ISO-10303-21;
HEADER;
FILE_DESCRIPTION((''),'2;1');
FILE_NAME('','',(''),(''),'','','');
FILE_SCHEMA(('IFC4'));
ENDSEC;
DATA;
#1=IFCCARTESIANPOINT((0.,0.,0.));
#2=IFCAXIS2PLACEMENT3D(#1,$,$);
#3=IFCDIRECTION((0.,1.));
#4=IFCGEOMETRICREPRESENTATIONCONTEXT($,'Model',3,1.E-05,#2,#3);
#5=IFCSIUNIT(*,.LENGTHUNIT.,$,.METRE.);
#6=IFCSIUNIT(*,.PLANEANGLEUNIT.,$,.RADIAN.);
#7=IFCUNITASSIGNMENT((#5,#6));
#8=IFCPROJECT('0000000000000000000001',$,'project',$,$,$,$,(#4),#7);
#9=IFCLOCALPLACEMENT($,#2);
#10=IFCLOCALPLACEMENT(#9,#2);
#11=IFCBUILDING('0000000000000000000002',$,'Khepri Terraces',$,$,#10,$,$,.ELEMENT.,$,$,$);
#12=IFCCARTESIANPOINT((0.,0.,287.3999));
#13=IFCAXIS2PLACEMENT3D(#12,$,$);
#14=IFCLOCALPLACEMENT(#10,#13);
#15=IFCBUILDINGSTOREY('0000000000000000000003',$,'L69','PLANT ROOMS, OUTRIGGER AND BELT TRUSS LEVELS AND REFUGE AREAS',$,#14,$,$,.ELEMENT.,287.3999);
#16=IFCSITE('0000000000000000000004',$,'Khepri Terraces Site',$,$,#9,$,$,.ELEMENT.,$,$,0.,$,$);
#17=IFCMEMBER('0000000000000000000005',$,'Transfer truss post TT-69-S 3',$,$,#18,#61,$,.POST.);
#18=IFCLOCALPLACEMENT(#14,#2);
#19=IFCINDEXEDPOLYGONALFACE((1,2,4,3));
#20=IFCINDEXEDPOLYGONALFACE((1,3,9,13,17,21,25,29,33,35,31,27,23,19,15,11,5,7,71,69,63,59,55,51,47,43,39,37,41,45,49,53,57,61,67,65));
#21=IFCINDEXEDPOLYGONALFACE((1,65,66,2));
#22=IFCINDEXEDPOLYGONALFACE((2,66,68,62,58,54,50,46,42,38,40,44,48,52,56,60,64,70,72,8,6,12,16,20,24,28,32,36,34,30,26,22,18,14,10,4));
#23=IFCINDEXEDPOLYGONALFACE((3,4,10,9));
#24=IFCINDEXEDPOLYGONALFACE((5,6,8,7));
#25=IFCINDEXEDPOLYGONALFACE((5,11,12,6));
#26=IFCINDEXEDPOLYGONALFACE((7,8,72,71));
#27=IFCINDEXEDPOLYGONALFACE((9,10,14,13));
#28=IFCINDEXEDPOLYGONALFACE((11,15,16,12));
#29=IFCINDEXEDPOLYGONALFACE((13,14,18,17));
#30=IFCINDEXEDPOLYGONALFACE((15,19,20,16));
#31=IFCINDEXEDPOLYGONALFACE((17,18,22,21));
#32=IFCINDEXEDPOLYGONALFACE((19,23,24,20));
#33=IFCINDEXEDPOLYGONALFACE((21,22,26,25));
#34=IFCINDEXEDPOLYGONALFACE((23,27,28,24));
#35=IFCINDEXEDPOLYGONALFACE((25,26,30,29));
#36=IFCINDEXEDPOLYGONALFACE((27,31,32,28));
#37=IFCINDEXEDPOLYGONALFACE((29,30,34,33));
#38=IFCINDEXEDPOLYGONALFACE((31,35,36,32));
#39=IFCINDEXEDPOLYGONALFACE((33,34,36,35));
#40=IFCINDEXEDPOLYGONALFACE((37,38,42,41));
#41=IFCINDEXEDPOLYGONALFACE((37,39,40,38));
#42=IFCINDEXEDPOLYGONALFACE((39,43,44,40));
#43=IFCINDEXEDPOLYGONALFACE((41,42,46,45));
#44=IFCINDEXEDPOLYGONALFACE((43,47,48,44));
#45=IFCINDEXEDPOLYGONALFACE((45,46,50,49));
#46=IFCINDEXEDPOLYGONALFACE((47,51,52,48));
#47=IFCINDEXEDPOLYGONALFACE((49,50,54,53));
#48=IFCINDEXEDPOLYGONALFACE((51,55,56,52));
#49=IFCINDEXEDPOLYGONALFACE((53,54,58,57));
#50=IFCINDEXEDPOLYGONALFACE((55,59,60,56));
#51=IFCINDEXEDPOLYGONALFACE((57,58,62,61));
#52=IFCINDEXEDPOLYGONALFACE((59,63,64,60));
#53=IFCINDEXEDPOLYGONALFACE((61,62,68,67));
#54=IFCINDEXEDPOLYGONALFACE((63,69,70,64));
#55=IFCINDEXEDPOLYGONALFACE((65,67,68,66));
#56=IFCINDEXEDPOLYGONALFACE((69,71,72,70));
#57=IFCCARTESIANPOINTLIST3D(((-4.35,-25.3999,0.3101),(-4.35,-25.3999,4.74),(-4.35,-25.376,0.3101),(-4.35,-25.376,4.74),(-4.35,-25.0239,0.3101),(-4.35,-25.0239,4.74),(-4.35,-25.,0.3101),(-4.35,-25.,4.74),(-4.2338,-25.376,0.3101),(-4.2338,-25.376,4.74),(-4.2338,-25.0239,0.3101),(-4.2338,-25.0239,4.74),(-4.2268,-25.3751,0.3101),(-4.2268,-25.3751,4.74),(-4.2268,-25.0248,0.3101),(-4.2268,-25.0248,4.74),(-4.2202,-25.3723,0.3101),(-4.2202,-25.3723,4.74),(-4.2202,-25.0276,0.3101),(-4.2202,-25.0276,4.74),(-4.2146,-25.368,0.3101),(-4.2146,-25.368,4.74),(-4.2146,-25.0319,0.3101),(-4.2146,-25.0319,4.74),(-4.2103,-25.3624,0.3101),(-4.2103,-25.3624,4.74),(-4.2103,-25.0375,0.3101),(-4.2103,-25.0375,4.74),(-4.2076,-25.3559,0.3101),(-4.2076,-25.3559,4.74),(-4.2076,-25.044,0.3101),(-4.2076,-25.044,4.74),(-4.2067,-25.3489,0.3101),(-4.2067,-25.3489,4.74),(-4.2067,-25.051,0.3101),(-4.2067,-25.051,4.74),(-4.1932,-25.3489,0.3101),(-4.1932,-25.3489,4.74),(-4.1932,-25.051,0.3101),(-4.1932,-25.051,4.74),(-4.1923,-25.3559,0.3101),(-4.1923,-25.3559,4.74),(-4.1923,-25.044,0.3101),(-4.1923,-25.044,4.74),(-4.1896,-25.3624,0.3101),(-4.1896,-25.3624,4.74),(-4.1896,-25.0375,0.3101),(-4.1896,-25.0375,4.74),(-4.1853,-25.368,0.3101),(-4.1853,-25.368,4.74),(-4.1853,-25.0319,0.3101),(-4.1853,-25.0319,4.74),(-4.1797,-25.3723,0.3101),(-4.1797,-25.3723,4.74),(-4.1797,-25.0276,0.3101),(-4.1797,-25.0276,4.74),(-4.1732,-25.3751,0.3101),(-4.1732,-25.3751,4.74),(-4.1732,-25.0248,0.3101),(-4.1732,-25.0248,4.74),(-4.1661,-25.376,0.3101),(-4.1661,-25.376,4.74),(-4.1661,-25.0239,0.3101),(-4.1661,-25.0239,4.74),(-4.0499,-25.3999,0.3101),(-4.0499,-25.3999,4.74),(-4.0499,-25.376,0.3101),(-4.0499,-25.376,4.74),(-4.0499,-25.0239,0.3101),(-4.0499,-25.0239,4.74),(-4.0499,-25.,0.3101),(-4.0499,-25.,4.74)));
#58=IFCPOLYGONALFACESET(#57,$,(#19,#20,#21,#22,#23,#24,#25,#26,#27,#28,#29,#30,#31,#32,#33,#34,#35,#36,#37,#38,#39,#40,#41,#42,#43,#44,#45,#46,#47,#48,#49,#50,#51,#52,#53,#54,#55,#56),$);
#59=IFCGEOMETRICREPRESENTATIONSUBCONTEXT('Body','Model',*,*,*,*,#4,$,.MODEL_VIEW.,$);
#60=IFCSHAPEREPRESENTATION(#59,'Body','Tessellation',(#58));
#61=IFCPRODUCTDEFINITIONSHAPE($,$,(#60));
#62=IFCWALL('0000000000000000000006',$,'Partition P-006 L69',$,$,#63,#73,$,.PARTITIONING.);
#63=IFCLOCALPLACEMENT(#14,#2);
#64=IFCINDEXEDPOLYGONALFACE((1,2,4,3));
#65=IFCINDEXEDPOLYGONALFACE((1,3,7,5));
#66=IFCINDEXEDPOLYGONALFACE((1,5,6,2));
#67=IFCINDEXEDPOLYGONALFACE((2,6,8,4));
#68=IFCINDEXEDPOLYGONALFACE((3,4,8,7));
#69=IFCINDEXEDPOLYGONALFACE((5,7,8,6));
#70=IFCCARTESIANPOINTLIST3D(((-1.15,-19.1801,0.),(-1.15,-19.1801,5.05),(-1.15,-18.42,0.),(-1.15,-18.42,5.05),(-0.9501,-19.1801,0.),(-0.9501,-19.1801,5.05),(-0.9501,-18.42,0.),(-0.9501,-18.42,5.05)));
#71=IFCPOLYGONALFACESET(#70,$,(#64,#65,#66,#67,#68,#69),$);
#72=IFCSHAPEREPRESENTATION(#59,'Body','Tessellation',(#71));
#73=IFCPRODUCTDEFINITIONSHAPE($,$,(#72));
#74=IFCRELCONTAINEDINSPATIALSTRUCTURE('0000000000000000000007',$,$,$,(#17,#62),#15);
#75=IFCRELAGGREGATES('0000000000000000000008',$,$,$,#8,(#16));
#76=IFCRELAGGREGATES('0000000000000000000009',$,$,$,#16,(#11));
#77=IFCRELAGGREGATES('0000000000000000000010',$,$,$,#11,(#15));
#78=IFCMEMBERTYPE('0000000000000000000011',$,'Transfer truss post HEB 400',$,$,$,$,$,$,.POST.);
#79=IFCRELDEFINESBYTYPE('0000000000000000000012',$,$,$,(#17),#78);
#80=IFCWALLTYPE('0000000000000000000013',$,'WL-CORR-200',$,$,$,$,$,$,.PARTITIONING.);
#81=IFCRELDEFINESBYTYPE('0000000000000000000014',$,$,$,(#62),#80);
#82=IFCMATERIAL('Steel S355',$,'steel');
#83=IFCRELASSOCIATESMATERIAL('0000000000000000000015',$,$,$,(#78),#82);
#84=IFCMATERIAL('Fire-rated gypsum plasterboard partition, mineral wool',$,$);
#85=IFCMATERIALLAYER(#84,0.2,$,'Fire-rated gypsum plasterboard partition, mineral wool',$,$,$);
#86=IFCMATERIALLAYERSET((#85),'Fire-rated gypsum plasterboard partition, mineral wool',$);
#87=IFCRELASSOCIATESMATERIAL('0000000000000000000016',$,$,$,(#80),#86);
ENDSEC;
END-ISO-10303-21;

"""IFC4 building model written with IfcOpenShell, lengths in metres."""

from ifc_helpers import new_model, si_unit, direction, frame, frame_2d, origin, origin_2d, place, context, subcontext, project, spatial, rectangle, i_section, extrude, material, layer, layer_set, material_profile, profile_set, type_object, element, save


model = new_model("IFC4")

# Units and contexts
model_context = context("Model", 3, precision=1e-05, world=origin(), true_north=direction((0.0, 1.0)))
body_context = subcontext(model_context, "Body", "Model", "MODEL_VIEW")
ifc_project = project(units=[si_unit("LENGTHUNIT", "METRE"), si_unit("PLANEANGLEUNIT", "RADIAN")], contexts=[model_context])

# Site, building, storey
site_placement = place(None, origin())
site = spatial("IfcSite", under=ifc_project, at=site_placement, Name="Khepri Terraces Site", CompositionType="ELEMENT", RefElevation=0.0)
building_placement = place(site_placement, origin())
building = spatial("IfcBuilding", under=site, at=building_placement, Name="Khepri Terraces", CompositionType="ELEMENT")
storey_placement = place(building_placement, frame((0.0, 0.0, 287.3999)))
storey = spatial("IfcBuildingStorey", under=building, at=storey_placement, Name="L69", Description="PLANT ROOMS, OUTRIGGER AND BELT TRUSS LEVELS AND REFUGE AREAS", CompositionType="ELEMENT", Elevation=287.3999)

# Member
ifc_material_1 = material(Name="Steel S355", Category="steel")
ifc_material_profile_1 = material_profile(ifc_material_1, i_section(OverallWidth=0.3, OverallDepth=0.3999, WebThickness=0.0134, FlangeThickness=0.0239, FilletRadius=0.0271, at=origin_2d()), Name="Steel S355", Category="steel")
ifc_profile_set_1 = profile_set([ifc_material_profile_1], Name="Steel S355")
member_type_1 = type_object("IfcMemberType", Name="Transfer truss post HEB 400", PredefinedType="POST", material=ifc_profile_set_1)
for number, where, z_axis, x_axis, name in (
    (1, (-4.2, -25.2, 0.3101), (0.0, 0.0, 1.0), (1.0, 0.0, 0.0), "Transfer truss post TT-69-S 3"),
):
    element("IfcMember", number, at=place(storey_placement, frame(where, z_axis=z_axis, x_axis=x_axis)), inside=storey, type_object=member_type_1, Name=name, PredefinedType="POST", context=body_context, shape_type="SweptSolid", body=[
        extrude(i_section(OverallWidth=0.3, OverallDepth=0.3999, WebThickness=0.0134, FlangeThickness=0.0239, FilletRadius=0.0271, at=origin_2d()), origin(), (0.0, 0.0, 1.0), 4.4299),
    ])

# Wall
ifc_material_2 = material(Name="Fire-rated gypsum plasterboard partition, mineral wool")
ifc_layer = layer(ifc_material_2, 0.2, Name="Fire-rated gypsum plasterboard partition, mineral wool")
ifc_layer_set = layer_set([ifc_layer], Name="Fire-rated gypsum plasterboard partition, mineral wool")
wall_type = type_object("IfcWallType", Name="WL-CORR-200", PredefinedType="PARTITIONING", material=ifc_layer_set)
wall_placement = place(storey_placement, frame((-1.05, -19.1799, 0.0), z_axis=(0.0, 0.0, 1.0), x_axis=(0.0, 1.0, 0.0)))
element("IfcWall", 2, at=wall_placement, inside=storey, type_object=wall_type, Name="Partition P-006 L69", PredefinedType="PARTITIONING", context=body_context, shape_type="SweptSolid", body=[
    extrude(rectangle(XDim=0.76, YDim=0.2, at=frame_2d((0.3799, 0.0))), origin(), (0.0, 0.0, 1.0), 5.05),
])

save(model, "model.ifc")
